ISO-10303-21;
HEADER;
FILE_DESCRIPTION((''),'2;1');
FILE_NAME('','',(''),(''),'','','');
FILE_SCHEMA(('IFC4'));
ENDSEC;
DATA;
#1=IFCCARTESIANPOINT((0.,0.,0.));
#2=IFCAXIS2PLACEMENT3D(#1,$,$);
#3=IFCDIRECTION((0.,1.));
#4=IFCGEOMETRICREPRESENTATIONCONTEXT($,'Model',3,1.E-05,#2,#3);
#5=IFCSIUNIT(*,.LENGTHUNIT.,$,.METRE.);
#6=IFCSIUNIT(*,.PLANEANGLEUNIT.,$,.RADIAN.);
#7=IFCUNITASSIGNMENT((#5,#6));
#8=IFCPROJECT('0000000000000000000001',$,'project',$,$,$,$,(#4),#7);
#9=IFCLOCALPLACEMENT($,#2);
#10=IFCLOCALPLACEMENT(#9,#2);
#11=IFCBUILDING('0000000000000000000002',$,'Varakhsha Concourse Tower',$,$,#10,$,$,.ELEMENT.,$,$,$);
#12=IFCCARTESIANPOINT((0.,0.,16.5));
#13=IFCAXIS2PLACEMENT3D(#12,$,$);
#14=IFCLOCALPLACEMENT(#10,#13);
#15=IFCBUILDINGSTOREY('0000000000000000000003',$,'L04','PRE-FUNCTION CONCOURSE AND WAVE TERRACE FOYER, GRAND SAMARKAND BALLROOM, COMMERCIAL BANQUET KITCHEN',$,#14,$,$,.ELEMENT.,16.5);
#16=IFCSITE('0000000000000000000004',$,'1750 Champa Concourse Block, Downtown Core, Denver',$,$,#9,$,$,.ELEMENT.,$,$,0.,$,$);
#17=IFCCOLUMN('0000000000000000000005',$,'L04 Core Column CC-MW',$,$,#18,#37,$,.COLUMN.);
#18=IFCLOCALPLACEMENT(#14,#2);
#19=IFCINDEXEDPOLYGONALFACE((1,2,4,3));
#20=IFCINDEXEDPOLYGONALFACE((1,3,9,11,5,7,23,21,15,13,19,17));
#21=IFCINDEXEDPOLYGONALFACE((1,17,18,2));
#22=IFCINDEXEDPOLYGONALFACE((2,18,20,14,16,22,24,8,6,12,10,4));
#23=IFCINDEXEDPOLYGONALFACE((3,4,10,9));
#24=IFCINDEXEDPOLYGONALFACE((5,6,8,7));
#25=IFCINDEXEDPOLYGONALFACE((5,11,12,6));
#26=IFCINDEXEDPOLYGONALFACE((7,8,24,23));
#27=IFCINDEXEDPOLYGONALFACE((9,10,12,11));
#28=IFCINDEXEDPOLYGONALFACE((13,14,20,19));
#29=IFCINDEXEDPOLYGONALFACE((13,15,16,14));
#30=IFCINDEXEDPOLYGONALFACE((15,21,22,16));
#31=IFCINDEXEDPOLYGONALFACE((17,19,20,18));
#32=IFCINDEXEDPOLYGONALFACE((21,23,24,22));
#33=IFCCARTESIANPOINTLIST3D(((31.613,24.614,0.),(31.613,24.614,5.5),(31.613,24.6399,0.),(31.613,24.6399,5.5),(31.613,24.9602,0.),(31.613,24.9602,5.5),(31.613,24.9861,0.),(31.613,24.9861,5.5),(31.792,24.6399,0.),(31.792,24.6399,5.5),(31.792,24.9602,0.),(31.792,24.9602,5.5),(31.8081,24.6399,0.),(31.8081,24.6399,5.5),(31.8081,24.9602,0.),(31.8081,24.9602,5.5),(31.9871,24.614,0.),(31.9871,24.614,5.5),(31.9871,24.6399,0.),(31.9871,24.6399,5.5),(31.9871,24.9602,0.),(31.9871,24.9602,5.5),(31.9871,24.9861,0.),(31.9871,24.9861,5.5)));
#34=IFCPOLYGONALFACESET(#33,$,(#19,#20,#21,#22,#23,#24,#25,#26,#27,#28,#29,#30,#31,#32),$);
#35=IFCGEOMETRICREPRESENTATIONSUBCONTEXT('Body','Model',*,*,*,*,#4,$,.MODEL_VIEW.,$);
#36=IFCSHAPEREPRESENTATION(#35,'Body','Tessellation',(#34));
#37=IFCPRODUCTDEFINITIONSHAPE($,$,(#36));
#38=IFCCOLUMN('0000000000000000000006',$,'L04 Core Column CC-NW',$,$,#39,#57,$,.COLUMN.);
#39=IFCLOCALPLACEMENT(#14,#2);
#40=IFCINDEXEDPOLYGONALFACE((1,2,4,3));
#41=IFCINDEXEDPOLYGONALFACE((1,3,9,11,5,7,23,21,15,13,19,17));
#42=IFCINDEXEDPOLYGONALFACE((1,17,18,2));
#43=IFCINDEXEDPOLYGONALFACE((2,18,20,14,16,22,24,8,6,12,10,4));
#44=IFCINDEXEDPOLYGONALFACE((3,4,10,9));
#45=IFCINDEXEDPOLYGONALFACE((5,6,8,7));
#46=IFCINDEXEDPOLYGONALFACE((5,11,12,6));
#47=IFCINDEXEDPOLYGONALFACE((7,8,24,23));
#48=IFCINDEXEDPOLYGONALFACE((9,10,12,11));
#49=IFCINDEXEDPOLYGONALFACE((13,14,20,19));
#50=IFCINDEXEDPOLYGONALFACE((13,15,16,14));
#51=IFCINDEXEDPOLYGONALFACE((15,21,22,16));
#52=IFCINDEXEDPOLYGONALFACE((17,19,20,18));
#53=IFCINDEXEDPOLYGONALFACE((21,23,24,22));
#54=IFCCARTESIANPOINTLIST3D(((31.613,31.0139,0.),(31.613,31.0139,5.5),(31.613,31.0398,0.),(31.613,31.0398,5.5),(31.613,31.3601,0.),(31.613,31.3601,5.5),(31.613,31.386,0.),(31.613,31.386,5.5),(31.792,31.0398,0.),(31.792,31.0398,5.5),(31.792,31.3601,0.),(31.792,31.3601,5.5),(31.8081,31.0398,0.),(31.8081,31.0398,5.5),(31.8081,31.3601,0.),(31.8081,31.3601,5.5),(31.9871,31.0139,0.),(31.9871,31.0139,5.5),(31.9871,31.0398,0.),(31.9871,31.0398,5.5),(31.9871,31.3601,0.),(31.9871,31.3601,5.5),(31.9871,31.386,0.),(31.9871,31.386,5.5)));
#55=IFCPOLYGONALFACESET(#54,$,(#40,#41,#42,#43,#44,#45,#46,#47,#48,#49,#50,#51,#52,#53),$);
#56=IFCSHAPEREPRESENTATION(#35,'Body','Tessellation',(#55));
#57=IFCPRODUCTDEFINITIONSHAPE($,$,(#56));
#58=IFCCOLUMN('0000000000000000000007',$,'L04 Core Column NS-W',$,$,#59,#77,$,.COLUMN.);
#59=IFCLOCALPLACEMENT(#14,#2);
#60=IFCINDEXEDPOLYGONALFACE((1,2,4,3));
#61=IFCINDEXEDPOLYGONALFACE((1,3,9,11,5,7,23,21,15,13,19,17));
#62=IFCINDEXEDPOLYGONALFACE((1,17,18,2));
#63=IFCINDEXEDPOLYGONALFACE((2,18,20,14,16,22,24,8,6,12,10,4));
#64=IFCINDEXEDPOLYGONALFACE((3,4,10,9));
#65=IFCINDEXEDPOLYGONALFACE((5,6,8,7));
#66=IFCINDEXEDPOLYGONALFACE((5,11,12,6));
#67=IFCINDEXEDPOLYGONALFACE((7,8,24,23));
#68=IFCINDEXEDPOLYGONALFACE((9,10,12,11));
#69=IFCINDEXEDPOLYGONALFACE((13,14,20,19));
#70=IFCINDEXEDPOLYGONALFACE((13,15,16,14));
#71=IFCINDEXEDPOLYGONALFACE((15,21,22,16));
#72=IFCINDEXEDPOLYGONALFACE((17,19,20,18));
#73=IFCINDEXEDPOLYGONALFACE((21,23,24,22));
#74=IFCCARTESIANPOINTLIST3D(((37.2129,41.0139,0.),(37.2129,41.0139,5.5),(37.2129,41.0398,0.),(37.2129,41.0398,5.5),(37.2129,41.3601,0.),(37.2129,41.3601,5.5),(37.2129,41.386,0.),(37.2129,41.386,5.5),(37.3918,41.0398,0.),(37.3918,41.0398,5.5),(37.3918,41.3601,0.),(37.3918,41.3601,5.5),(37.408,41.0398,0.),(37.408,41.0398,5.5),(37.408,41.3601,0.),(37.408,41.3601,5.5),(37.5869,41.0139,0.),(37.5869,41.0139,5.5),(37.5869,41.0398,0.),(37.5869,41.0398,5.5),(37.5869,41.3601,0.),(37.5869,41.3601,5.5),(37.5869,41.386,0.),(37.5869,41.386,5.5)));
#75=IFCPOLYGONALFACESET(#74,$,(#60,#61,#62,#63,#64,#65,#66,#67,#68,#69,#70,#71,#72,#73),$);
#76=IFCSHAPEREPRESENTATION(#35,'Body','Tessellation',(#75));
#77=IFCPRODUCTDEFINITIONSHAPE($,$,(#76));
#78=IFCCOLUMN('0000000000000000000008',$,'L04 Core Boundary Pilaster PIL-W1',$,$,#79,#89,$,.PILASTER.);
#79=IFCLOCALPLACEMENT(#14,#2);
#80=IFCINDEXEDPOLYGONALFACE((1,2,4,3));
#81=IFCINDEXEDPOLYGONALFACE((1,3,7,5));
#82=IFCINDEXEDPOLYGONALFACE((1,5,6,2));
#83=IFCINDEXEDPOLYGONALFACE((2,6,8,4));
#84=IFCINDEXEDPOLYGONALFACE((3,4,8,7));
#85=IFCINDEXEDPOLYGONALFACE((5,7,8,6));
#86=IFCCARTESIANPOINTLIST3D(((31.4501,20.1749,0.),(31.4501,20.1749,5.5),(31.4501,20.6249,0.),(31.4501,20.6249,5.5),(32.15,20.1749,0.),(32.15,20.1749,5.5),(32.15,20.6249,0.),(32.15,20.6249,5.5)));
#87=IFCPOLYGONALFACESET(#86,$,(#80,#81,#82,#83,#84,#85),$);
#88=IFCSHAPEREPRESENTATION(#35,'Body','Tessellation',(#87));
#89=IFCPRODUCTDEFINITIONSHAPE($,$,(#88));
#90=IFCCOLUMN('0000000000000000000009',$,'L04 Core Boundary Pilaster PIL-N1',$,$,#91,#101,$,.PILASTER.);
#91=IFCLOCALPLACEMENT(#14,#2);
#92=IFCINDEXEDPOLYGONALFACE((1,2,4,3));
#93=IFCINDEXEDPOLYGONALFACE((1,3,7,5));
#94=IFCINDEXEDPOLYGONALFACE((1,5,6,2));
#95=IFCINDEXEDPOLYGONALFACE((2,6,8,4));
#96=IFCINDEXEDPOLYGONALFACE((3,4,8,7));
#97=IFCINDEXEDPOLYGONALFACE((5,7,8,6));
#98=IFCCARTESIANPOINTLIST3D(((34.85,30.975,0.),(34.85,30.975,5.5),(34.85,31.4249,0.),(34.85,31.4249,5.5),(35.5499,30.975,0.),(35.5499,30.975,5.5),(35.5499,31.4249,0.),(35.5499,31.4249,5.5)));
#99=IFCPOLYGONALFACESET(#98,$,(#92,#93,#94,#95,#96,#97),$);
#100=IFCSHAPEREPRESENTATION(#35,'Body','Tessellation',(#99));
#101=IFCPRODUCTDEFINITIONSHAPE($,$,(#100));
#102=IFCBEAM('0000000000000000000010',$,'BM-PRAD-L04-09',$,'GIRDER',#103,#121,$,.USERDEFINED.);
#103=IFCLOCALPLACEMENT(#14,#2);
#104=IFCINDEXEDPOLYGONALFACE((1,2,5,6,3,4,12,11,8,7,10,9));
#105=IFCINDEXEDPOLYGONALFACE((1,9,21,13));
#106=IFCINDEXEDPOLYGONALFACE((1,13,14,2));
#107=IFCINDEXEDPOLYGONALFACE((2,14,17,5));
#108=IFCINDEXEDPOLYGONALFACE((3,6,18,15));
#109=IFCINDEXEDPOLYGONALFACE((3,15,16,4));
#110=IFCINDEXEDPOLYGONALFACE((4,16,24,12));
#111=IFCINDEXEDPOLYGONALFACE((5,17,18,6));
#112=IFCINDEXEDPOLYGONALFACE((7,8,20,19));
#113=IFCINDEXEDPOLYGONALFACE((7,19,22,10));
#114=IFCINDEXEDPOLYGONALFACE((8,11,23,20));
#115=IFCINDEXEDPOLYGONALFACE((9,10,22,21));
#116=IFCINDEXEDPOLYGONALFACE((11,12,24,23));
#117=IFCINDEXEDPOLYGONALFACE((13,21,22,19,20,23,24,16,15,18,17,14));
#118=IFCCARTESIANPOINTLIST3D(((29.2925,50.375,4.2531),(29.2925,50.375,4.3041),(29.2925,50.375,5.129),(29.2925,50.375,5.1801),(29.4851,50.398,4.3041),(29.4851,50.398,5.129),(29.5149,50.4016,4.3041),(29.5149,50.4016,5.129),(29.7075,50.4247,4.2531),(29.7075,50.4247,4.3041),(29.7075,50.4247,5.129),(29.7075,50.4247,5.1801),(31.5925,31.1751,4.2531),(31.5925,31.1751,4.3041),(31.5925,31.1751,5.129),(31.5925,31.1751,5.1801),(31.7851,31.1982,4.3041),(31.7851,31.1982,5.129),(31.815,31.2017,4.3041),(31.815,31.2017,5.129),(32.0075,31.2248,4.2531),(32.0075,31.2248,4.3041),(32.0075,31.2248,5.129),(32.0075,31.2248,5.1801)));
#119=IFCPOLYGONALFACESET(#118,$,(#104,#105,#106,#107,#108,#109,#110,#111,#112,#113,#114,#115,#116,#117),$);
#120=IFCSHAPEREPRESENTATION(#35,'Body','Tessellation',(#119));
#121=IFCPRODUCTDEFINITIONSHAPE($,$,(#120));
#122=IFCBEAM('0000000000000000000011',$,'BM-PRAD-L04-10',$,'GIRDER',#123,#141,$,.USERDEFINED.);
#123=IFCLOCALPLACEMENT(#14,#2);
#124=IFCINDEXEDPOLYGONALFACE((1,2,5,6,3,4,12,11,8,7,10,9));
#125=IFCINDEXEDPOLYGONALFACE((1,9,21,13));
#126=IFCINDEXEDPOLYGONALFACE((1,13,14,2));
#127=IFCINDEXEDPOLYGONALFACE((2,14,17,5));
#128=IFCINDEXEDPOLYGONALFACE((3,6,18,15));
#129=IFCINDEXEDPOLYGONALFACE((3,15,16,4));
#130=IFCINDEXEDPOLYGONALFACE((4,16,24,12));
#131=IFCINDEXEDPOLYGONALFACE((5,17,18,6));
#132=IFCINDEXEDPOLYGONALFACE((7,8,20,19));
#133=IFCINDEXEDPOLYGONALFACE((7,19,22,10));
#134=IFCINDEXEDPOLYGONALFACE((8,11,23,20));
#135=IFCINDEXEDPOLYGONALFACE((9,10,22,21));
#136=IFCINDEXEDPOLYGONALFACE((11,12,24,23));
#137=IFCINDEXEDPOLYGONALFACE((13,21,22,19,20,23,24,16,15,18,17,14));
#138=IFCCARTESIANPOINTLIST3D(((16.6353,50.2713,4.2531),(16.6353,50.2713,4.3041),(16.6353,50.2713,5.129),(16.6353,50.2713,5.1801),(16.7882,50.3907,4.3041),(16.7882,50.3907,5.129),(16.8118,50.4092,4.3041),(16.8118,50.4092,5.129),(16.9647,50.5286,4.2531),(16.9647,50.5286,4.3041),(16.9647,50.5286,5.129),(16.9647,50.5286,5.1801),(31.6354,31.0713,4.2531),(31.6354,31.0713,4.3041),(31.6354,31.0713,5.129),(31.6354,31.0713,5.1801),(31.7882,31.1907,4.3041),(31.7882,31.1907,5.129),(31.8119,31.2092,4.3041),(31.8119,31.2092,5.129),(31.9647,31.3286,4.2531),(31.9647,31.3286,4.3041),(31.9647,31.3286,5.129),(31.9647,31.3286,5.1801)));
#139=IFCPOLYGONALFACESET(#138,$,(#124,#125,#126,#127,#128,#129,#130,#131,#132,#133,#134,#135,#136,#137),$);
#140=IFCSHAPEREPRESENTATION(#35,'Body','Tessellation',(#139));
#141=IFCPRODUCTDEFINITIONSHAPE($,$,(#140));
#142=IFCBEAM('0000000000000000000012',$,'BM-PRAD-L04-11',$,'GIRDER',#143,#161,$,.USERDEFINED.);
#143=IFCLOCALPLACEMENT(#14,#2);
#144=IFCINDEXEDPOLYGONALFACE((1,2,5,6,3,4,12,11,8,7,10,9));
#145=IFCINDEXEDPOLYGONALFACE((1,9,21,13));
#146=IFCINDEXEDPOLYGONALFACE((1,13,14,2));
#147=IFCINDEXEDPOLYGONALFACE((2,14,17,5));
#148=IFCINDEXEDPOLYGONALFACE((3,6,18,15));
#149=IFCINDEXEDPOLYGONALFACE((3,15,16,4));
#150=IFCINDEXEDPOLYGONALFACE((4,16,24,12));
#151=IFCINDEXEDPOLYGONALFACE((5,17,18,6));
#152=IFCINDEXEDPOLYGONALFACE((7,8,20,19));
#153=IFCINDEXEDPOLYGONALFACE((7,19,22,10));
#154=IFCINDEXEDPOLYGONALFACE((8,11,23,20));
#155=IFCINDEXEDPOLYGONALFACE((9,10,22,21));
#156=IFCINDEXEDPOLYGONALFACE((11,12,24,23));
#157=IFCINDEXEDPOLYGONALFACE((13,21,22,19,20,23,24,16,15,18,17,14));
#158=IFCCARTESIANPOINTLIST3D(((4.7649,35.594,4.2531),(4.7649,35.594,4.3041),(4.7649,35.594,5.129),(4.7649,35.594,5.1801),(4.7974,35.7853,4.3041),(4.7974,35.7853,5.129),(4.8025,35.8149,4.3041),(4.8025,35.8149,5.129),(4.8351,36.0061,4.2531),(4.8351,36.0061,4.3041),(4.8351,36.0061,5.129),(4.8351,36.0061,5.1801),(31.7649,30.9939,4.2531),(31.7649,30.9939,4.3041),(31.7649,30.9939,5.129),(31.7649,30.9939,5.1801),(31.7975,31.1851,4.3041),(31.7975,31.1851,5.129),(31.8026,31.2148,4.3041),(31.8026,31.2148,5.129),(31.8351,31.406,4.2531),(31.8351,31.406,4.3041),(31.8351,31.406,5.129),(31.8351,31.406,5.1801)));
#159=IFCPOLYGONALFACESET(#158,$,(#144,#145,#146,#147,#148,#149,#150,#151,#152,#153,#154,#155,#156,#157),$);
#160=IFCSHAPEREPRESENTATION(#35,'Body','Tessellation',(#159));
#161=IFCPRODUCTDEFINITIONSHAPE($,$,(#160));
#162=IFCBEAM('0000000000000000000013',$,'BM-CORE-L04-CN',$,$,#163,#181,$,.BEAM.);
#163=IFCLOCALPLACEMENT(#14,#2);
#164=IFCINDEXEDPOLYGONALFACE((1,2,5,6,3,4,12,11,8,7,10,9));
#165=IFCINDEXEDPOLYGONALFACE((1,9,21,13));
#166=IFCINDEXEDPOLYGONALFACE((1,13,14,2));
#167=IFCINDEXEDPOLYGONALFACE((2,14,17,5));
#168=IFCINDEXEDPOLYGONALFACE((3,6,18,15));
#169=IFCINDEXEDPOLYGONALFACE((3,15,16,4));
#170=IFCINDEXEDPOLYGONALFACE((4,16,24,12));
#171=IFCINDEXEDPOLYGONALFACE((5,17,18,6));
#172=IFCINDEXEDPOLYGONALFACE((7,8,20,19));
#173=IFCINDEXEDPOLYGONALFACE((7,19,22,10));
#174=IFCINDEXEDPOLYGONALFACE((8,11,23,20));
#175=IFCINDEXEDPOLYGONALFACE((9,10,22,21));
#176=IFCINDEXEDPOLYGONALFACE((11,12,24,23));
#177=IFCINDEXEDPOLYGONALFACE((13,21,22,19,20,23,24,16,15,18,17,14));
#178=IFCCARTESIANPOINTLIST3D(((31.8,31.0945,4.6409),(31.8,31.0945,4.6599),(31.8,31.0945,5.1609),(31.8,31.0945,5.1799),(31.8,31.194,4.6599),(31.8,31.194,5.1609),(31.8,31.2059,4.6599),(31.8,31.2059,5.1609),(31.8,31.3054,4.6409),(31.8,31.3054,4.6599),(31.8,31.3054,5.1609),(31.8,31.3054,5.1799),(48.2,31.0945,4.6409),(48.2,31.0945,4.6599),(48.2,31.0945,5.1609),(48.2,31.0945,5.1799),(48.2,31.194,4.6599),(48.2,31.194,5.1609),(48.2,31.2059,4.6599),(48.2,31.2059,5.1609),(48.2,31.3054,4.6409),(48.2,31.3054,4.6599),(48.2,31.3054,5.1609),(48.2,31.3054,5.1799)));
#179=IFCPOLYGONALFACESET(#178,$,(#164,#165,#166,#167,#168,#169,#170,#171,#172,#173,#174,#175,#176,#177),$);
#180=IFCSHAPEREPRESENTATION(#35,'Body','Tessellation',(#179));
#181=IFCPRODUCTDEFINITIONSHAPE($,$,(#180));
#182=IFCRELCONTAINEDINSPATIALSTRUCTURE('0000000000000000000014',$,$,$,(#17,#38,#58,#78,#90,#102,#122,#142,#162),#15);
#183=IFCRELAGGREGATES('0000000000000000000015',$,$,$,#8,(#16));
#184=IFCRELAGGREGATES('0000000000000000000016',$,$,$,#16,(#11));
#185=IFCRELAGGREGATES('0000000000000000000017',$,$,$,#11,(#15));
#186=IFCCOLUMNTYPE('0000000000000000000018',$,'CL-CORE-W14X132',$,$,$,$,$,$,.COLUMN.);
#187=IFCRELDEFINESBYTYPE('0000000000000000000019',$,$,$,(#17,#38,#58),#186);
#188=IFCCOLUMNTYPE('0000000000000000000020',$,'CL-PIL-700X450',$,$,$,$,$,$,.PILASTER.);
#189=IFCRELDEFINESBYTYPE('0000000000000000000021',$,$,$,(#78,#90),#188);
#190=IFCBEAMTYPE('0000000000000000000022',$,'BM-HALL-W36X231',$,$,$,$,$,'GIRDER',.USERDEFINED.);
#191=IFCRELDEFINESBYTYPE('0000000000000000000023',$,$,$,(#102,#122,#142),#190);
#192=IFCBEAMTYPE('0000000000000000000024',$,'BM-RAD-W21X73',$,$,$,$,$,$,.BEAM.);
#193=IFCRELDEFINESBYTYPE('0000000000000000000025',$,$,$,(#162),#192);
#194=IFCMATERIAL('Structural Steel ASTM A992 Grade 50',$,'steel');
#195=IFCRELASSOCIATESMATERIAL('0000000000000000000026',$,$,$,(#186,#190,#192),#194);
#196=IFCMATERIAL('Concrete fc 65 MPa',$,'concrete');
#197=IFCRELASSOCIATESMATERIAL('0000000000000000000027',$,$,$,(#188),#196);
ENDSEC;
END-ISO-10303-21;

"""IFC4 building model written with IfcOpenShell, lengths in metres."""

from ifc_helpers import new_model, si_unit, direction, frame, origin, origin_2d, place, context, subcontext, project, spatial, rectangle, i_section, extrude, material, material_profile, profile_set, type_object, element, save


model = new_model("IFC4")

# Units and contexts
model_context = context("Model", 3, precision=1e-05, world=origin(), true_north=direction((0.0, 1.0)))
body_context = subcontext(model_context, "Body", "Model", "MODEL_VIEW")
ifc_project = project(units=[si_unit("LENGTHUNIT", "METRE"), si_unit("PLANEANGLEUNIT", "RADIAN")], contexts=[model_context])

# Site, building, storey
site_placement = place(None, origin())
site = spatial("IfcSite", under=ifc_project, at=site_placement, Name="1750 Champa Concourse Block, Downtown Core, Denver", CompositionType="ELEMENT", RefElevation=0.0)
building_placement = place(site_placement, origin())
building = spatial("IfcBuilding", under=site, at=building_placement, Name="Varakhsha Concourse Tower", CompositionType="ELEMENT")
storey_placement = place(building_placement, frame((0.0, 0.0, 16.5)))
storey = spatial("IfcBuildingStorey", under=building, at=storey_placement, Name="L04", Description="PRE-FUNCTION CONCOURSE AND WAVE TERRACE FOYER, GRAND SAMARKAND BALLROOM, COMMERCIAL BANQUET KITCHEN", CompositionType="ELEMENT", Elevation=16.5)

# Columns
ifc_material_1 = material(Name="Structural Steel ASTM A992 Grade 50", Category="steel")
ifc_material_profile_1 = material_profile(ifc_material_1, i_section(OverallWidth=0.374, OverallDepth=0.3721, WebThickness=0.0161, FlangeThickness=0.0259, at=origin_2d()), Name="W14X132")
ifc_profile_set_1 = profile_set([ifc_material_profile_1], Name="Structural Steel ASTM A992 Grade 50")
column_type_1 = type_object("IfcColumnType", Name="CL-CORE-W14X132", PredefinedType="COLUMN", material=ifc_profile_set_1)
for number, where, z_axis, x_axis, name in (
    (1, (31.8, 24.8, 0.0), (0.0, 0.0, 1.0), (1.0, 0.0, 0.0), "L04 Core Column CC-MW"),
    (2, (31.8, 31.2, 0.0), (0.0, 0.0, 1.0), (1.0, 0.0, 0.0), "L04 Core Column CC-NW"),
    (3, (37.3999, 41.2, 0.0), (0.0, 0.0, 1.0), (1.0, 0.0, 0.0), "L04 Core Column NS-W"),
):
    element("IfcColumn", number, at=place(storey_placement, frame(where, z_axis=z_axis, x_axis=x_axis)), inside=storey, type_object=column_type_1, Name=name, PredefinedType="COLUMN", context=body_context, shape_type="SweptSolid", body=[
        extrude(i_section(OverallWidth=0.374, OverallDepth=0.3721, WebThickness=0.0161, FlangeThickness=0.0259, at=origin_2d()), origin(), (0.0, 0.0, 1.0), 5.5),
    ])
ifc_material_2 = material(Name="Concrete fc 65 MPa", Category="concrete")
ifc_material_profile_2 = material_profile(ifc_material_2, rectangle(XDim=0.7, YDim=0.45, at=origin_2d()), Name="RC 700x450")
ifc_profile_set_2 = profile_set([ifc_material_profile_2], Name="Concrete fc 65 MPa")
column_type_2 = type_object("IfcColumnType", Name="CL-PIL-700X450", PredefinedType="PILASTER", material=ifc_profile_set_2)
for number, where, z_axis, x_axis, name in (
    (4, (31.8, 20.3999, 0.0), (0.0, 0.0, 1.0), (1.0, 0.0, 0.0), "L04 Core Boundary Pilaster PIL-W1"),
    (5, (35.2, 31.2, 0.0), (0.0, 0.0, 1.0), (1.0, 0.0, 0.0), "L04 Core Boundary Pilaster PIL-N1"),
):
    element("IfcColumn", number, at=place(storey_placement, frame(where, z_axis=z_axis, x_axis=x_axis)), inside=storey, type_object=column_type_2, Name=name, PredefinedType="PILASTER", context=body_context, shape_type="SweptSolid", body=[
        extrude(rectangle(XDim=0.7, YDim=0.45, at=origin_2d()), origin(), (0.0, 0.0, 1.0), 5.5),
    ])

# Beams
ifc_material_profile_3 = material_profile(ifc_material_1, i_section(OverallWidth=0.418, OverallDepth=0.927, WebThickness=0.03, FlangeThickness=0.051, at=origin_2d()), Name="W36X231")
ifc_profile_set_3 = profile_set([ifc_material_profile_3], Name="Structural Steel ASTM A992 Grade 50")
beam_type_1 = type_object("IfcBeamType", Name="BM-HALL-W36X231", ElementType="GIRDER", PredefinedType="USERDEFINED", material=ifc_profile_set_3)
beam_1_placement = place(storey_placement, frame((31.8, 31.2, 4.7166), z_axis=(-0.118944, 0.992901, 0.0), x_axis=(-0.992901, -0.118944, 0.0)))
element("IfcBeam", 6, at=beam_1_placement, inside=storey, type_object=beam_type_1, Name="BM-PRAD-L04-09", ObjectType="GIRDER", PredefinedType="USERDEFINED", context=body_context, shape_type="SweptSolid", body=[
    extrude(i_section(OverallWidth=0.418, OverallDepth=0.927, WebThickness=0.03, FlangeThickness=0.051, at=origin_2d()), origin(), (0.0, 0.0, 1.0), 19.3372),
])
beam_2_placement = place(storey_placement, frame((31.8, 31.2, 4.7166), z_axis=(-0.615645, 0.788024, 0.0), x_axis=(-0.788024, -0.615645, 0.0)))
element("IfcBeam", 7, at=beam_2_placement, inside=storey, type_object=beam_type_1, Name="BM-PRAD-L04-10", ObjectType="GIRDER", PredefinedType="USERDEFINED", context=body_context, shape_type="SweptSolid", body=[
    extrude(i_section(OverallWidth=0.418, OverallDepth=0.927, WebThickness=0.03, FlangeThickness=0.051, at=origin_2d()), origin(), (0.0, 0.0, 1.0), 24.3647),
])
beam_3_placement = place(storey_placement, frame((31.8, 31.2, 4.7166), z_axis=(-0.985795, 0.167954, 0.0), x_axis=(-0.167954, -0.985795, 0.0)))
element("IfcBeam", 8, at=beam_3_placement, inside=storey, type_object=beam_type_1, Name="BM-PRAD-L04-11", ObjectType="GIRDER", PredefinedType="USERDEFINED", context=body_context, shape_type="SweptSolid", body=[
    extrude(i_section(OverallWidth=0.418, OverallDepth=0.927, WebThickness=0.03, FlangeThickness=0.051, at=origin_2d()), origin(), (0.0, 0.0, 1.0), 27.3892),
])
ifc_material_profile_4 = material_profile(ifc_material_1, i_section(OverallWidth=0.2109, OverallDepth=0.5391, WebThickness=0.012, FlangeThickness=0.019, at=origin_2d()), Name="W21X73")
ifc_profile_set_4 = profile_set([ifc_material_profile_4], Name="Structural Steel ASTM A992 Grade 50")
beam_type_2 = type_object("IfcBeamType", Name="BM-RAD-W21X73", PredefinedType="BEAM", material=ifc_profile_set_4)
beam_4_placement = place(storey_placement, frame((31.8, 31.2, 4.9104), z_axis=(1.0, 0.0, 0.0), x_axis=(0.0, 1.0, 0.0)))
element("IfcBeam", 9, at=beam_4_placement, inside=storey, type_object=beam_type_2, Name="BM-CORE-L04-CN", PredefinedType="BEAM", context=body_context, shape_type="SweptSolid", body=[
    extrude(i_section(OverallWidth=0.2109, OverallDepth=0.5391, WebThickness=0.012, FlangeThickness=0.019, at=origin_2d()), origin(), (0.0, 0.0, 1.0), 16.3999),
])

save(model, "model.ifc")
